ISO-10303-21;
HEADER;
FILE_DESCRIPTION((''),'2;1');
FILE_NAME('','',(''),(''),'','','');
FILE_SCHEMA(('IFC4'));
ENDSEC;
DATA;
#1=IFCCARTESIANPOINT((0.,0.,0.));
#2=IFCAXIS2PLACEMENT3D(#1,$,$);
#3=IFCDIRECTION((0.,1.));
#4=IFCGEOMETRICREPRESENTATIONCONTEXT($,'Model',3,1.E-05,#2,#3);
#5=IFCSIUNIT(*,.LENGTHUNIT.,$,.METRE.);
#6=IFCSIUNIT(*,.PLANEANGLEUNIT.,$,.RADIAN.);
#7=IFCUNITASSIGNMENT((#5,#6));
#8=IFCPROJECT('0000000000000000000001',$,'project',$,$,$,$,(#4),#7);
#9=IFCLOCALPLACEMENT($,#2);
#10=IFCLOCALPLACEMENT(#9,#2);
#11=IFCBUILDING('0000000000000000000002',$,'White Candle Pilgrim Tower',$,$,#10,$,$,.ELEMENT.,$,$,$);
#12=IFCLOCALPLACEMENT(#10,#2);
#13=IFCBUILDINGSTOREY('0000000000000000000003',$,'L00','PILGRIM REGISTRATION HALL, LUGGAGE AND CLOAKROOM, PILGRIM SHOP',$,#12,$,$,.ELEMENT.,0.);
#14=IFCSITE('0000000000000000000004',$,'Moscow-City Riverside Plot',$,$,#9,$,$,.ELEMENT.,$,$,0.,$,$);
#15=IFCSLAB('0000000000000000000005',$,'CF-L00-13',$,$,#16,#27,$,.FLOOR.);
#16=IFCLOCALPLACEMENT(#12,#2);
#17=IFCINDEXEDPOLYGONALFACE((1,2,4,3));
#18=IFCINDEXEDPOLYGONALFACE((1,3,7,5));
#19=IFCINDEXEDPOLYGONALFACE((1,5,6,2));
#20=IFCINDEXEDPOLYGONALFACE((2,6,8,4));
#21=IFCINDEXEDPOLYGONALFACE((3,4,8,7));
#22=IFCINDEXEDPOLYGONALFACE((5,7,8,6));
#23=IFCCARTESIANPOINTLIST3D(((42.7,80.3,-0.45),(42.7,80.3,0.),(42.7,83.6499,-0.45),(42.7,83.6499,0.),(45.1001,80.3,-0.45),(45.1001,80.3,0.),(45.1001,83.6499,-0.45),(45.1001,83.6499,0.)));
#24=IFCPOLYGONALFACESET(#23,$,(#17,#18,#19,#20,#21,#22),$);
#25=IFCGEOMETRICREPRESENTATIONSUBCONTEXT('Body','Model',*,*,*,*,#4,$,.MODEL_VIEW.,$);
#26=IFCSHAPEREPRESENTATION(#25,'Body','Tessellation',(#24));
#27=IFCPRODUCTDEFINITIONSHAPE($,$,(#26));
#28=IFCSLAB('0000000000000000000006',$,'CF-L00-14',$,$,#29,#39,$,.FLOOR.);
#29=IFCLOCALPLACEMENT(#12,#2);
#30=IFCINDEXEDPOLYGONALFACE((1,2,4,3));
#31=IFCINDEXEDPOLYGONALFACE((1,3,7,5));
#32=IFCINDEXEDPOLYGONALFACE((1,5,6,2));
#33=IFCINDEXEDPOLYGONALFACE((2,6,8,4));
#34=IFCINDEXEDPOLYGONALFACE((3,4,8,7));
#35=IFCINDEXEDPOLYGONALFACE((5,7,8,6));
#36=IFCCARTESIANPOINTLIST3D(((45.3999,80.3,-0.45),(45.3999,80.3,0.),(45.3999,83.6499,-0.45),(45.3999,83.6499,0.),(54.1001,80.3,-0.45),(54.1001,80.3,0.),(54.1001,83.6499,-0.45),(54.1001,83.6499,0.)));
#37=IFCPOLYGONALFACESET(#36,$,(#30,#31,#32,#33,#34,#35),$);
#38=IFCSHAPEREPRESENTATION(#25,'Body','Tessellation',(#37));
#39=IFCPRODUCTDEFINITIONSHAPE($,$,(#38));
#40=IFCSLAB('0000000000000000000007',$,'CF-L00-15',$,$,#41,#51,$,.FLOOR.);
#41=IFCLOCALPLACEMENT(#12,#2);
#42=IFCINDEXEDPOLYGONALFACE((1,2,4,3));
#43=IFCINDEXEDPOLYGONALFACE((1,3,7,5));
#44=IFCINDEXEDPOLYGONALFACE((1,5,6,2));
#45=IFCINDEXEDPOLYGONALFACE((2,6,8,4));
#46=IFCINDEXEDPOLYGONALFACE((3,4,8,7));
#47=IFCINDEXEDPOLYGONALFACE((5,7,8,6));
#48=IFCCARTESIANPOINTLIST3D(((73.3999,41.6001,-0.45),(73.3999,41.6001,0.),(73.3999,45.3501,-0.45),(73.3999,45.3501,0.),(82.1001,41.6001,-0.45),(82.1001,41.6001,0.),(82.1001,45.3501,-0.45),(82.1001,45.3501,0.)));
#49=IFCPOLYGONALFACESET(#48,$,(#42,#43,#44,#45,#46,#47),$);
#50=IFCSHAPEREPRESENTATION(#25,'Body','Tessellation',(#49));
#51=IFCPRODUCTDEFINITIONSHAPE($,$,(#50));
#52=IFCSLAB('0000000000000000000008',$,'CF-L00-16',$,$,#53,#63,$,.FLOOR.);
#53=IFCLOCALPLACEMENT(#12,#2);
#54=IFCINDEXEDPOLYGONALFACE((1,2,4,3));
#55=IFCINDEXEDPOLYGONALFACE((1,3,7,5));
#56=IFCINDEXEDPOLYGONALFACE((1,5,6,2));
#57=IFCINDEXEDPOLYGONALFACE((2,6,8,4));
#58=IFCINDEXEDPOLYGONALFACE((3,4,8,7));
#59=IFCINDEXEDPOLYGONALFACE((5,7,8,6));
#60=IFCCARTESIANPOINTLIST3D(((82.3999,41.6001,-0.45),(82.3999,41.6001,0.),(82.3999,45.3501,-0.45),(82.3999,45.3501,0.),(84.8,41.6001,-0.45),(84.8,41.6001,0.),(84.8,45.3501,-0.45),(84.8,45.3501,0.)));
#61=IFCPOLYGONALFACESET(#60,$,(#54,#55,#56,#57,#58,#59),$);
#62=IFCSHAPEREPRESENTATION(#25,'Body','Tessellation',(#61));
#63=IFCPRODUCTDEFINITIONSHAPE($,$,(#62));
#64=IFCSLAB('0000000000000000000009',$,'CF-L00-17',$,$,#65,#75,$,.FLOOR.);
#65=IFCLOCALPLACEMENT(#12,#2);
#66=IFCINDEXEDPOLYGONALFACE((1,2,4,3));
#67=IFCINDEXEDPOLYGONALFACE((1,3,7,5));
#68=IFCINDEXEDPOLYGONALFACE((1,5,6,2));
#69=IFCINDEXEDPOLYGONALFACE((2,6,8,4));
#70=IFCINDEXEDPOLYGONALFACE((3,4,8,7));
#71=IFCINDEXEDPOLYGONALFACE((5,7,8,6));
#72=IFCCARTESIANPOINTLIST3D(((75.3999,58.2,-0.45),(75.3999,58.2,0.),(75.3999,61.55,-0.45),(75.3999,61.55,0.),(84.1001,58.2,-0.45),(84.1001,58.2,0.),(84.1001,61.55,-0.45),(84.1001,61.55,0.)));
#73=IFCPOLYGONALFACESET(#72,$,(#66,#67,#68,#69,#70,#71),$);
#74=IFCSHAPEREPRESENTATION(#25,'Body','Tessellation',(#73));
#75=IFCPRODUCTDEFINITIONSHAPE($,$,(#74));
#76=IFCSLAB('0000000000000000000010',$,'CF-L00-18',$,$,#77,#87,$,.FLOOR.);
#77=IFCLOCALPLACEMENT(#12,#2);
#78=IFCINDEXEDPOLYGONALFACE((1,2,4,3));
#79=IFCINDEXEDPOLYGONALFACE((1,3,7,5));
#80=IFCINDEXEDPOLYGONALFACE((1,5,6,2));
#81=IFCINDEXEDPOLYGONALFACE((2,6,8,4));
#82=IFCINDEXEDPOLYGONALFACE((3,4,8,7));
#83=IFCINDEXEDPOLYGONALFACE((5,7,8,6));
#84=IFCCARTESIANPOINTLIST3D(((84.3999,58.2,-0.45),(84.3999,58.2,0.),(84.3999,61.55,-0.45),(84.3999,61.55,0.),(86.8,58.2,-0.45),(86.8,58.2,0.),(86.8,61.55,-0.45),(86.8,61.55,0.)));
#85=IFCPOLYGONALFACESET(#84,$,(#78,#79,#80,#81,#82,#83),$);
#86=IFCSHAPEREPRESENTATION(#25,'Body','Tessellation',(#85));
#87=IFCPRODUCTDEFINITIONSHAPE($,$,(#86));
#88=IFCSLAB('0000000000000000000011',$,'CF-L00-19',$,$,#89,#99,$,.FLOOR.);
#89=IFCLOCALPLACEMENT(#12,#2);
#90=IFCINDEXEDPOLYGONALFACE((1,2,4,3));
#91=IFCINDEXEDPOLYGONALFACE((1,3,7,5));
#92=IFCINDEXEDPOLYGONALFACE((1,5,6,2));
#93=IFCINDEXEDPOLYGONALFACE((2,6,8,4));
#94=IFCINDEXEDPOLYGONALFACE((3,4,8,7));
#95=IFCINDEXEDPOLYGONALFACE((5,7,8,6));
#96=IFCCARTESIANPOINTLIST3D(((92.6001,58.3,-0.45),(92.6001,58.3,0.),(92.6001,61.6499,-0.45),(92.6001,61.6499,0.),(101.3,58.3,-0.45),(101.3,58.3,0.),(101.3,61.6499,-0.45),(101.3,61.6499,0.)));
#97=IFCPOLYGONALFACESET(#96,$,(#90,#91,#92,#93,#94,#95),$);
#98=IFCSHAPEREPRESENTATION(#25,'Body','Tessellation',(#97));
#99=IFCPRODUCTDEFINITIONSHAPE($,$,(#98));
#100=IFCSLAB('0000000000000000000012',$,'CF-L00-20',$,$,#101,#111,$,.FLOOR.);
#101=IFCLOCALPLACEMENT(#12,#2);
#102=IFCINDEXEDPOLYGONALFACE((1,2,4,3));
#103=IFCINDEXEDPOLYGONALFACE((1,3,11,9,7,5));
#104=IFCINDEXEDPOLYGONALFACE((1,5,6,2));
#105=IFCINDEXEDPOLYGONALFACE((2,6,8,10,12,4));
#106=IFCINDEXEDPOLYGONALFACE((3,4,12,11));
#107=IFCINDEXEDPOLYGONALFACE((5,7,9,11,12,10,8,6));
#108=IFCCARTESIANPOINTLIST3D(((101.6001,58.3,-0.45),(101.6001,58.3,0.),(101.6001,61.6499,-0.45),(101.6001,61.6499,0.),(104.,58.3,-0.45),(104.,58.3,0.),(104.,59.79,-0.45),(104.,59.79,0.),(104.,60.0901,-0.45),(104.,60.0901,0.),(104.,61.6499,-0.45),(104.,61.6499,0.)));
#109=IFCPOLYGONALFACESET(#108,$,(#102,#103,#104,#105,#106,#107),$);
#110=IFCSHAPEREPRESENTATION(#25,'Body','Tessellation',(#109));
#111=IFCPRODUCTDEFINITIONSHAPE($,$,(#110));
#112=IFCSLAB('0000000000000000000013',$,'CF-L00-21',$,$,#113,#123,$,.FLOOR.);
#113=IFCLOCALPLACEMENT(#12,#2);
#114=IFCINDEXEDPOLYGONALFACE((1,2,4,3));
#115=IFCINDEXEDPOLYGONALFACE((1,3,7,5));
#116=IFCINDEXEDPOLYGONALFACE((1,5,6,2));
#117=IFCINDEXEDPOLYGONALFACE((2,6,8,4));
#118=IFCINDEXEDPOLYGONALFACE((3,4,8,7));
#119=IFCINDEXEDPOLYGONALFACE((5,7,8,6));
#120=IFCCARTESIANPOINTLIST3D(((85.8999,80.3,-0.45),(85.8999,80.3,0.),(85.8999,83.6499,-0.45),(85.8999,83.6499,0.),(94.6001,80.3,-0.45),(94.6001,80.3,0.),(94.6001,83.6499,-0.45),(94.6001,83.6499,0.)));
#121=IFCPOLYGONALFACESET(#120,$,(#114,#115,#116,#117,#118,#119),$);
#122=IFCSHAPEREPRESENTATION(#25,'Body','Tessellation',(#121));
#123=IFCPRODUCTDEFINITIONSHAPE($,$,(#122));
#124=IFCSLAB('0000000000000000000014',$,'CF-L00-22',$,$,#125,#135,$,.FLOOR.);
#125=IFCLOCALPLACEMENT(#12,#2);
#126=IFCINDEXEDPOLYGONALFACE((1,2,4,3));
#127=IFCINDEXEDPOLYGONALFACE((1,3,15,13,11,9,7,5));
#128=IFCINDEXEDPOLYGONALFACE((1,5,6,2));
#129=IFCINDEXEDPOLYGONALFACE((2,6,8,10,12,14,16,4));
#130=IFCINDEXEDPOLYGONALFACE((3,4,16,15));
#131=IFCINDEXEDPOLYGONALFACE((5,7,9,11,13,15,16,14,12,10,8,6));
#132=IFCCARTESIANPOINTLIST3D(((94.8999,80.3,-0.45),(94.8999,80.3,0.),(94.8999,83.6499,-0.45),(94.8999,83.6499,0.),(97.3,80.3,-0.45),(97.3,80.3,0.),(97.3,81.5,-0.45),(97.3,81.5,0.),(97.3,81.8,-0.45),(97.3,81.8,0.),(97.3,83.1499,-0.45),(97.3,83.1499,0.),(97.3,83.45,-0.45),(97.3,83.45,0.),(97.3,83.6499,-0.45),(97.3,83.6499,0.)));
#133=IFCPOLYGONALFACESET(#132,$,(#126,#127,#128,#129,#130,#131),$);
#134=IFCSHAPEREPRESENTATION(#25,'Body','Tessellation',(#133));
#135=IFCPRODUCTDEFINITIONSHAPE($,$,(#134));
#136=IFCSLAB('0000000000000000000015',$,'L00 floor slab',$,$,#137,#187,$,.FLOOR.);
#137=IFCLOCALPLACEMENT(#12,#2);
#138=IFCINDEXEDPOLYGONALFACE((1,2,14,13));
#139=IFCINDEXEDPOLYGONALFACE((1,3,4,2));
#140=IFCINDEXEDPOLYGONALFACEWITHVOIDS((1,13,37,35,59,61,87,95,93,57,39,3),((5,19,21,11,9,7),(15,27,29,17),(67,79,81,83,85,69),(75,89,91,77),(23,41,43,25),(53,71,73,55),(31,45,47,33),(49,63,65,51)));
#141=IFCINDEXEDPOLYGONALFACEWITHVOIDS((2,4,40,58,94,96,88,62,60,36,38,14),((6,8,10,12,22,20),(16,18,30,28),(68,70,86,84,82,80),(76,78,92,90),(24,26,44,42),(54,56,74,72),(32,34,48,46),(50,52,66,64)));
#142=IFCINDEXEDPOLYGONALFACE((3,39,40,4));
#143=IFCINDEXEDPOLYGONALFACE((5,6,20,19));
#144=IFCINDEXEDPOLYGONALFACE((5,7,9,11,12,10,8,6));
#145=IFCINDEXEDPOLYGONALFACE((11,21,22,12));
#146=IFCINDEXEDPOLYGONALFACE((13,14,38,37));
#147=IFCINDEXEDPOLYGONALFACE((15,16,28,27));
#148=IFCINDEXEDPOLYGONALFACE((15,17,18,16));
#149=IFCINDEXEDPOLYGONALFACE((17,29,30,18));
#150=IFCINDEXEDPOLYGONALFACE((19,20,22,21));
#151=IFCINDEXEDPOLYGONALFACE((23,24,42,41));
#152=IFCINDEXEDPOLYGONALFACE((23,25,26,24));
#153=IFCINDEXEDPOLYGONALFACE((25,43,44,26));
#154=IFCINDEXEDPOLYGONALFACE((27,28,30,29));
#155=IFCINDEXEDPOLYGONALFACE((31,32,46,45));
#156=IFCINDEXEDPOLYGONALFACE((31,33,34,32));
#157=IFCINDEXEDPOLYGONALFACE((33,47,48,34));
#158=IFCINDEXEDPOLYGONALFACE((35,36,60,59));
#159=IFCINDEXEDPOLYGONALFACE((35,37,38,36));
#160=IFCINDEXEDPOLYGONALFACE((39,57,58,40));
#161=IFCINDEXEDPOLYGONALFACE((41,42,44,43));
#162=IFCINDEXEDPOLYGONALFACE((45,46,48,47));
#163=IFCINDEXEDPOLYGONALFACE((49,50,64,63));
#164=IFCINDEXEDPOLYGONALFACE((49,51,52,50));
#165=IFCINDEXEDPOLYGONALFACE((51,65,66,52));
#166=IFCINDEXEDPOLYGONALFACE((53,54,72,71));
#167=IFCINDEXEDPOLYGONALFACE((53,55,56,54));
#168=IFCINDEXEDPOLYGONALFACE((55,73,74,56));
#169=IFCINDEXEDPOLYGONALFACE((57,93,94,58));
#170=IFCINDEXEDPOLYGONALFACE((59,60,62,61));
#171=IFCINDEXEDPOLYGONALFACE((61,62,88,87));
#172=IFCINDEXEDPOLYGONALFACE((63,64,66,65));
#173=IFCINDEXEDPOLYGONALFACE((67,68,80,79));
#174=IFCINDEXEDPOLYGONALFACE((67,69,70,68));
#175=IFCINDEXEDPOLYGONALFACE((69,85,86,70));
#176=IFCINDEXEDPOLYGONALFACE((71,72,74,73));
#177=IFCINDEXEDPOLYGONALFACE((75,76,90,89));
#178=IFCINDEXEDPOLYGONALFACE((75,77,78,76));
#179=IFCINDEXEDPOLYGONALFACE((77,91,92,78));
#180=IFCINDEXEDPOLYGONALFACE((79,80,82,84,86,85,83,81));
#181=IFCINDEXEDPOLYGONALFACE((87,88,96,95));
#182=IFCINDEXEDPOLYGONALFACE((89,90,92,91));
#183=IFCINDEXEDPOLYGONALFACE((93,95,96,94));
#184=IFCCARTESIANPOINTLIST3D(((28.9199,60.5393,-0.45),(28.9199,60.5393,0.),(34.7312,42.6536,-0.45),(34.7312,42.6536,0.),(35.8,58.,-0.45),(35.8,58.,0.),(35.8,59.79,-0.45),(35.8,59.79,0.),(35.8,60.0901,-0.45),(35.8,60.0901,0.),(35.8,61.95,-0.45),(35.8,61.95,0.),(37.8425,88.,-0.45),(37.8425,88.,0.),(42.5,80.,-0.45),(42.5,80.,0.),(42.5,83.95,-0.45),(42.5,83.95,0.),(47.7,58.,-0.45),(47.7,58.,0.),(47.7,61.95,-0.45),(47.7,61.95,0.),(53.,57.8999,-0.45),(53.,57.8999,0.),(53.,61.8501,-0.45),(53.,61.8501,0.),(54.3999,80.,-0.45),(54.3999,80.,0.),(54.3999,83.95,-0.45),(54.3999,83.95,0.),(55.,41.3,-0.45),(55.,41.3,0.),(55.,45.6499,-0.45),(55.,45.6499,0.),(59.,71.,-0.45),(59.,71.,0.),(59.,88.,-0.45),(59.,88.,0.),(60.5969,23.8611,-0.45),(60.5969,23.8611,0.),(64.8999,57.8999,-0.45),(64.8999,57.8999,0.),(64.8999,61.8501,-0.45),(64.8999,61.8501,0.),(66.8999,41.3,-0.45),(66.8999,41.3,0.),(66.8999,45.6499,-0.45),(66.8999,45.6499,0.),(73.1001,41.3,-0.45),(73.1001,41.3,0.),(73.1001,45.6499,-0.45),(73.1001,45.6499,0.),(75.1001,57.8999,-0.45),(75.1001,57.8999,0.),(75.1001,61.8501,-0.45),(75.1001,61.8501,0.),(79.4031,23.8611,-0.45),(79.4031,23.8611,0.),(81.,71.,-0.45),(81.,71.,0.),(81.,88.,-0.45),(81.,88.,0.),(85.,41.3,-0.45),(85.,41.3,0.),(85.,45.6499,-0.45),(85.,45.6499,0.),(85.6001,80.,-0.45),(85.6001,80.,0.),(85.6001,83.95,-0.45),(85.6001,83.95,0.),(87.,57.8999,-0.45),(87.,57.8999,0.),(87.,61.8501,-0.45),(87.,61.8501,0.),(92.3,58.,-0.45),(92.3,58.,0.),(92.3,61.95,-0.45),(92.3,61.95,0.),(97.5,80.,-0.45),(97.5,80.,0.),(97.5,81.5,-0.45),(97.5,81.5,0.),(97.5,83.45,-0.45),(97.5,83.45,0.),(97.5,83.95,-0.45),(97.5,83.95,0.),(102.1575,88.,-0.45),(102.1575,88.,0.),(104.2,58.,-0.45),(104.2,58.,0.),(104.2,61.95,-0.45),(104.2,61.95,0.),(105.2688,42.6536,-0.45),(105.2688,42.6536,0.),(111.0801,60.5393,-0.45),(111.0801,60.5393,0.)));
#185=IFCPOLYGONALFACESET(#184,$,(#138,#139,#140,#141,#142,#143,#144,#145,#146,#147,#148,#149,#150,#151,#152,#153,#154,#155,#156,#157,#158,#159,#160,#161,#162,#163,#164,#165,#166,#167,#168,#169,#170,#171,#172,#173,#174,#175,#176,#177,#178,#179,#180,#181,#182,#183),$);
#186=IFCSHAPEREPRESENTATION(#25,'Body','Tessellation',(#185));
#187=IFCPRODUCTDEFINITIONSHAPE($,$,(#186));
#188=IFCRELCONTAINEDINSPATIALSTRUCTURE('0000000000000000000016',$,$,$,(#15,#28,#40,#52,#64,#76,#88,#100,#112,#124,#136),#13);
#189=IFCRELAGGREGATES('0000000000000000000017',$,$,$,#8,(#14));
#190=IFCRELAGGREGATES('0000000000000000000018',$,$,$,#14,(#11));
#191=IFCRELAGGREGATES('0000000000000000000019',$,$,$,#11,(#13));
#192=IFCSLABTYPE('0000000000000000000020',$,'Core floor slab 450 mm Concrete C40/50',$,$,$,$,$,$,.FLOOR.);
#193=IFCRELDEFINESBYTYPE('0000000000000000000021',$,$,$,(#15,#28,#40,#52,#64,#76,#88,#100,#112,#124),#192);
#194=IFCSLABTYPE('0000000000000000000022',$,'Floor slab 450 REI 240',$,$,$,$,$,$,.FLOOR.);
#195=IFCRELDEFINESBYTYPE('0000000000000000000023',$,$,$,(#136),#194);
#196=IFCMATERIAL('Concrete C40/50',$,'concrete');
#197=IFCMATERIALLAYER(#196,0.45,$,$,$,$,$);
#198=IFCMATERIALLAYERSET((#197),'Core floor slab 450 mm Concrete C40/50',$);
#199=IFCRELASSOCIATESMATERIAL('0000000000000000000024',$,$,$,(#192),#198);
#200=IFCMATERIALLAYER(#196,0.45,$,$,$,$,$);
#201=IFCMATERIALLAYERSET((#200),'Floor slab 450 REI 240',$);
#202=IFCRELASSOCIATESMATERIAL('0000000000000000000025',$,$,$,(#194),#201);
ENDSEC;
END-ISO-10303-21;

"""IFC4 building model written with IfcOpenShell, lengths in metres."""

from ifc_helpers import new_model, si_unit, direction, frame, origin, place, context, subcontext, project, spatial, polyline, outline, extrude, material, layer, layer_set, type_object, element, save


model = new_model("IFC4")

# Units and contexts
model_context = context("Model", 3, precision=1e-05, world=origin(), true_north=direction((0.0, 1.0)))
body_context = subcontext(model_context, "Body", "Model", "MODEL_VIEW")
ifc_project = project(units=[si_unit("LENGTHUNIT", "METRE"), si_unit("PLANEANGLEUNIT", "RADIAN")], contexts=[model_context])

# Site, building, storey
site_placement = place(None, origin())
site = spatial("IfcSite", under=ifc_project, at=site_placement, Name="Moscow-City Riverside Plot", CompositionType="ELEMENT", RefElevation=0.0)
building_placement = place(site_placement, origin())
building = spatial("IfcBuilding", under=site, at=building_placement, Name="White Candle Pilgrim Tower", CompositionType="ELEMENT")
storey_placement = place(building_placement, origin())
storey = spatial("IfcBuildingStorey", under=building, at=storey_placement, Name="L00", Description="PILGRIM REGISTRATION HALL, LUGGAGE AND CLOAKROOM, PILGRIM SHOP", CompositionType="ELEMENT", Elevation=0.0)

# Slabs
ifc_material_1 = material(Name="Concrete C40/50", Category="concrete")
ifc_layer_1 = layer(ifc_material_1, 0.45)
ifc_layer_set_1 = layer_set([ifc_layer_1], Name="Core floor slab 450 mm Concrete C40/50")
slab_type_1 = type_object("IfcSlabType", Name="Core floor slab 450 mm Concrete C40/50", PredefinedType="FLOOR", material=ifc_layer_set_1)
slab_1_placement = place(storey_placement, frame((0.0, 0.0, -0.45)))
element("IfcSlab", 1, at=slab_1_placement, inside=storey, type_object=slab_type_1, Name="CF-L00-13", PredefinedType="FLOOR", context=body_context, shape_type="SweptSolid", body=[
    extrude(outline(polyline([(45.1001, 83.6499), (45.1001, 80.3), (42.7, 80.3), (42.7, 83.6499), (45.1001, 83.6499)])), origin(), (0.0, 0.0, 1.0), 0.45),
])
slab_2_placement = place(storey_placement, frame((0.0, 0.0, -0.45)))
element("IfcSlab", 2, at=slab_2_placement, inside=storey, type_object=slab_type_1, Name="CF-L00-14", PredefinedType="FLOOR", context=body_context, shape_type="SweptSolid", body=[
    extrude(outline(polyline([(54.1001, 83.6499), (54.1001, 80.3), (45.3999, 80.3), (45.3999, 83.6499), (54.1001, 83.6499)])), origin(), (0.0, 0.0, 1.0), 0.45),
])
slab_3_placement = place(storey_placement, frame((0.0, 0.0, -0.45)))
element("IfcSlab", 3, at=slab_3_placement, inside=storey, type_object=slab_type_1, Name="CF-L00-15", PredefinedType="FLOOR", context=body_context, shape_type="SweptSolid", body=[
    extrude(outline(polyline([(82.1001, 41.6001), (73.3999, 41.6001), (73.3999, 45.3501), (82.1001, 45.3501), (82.1001, 41.6001)])), origin(), (0.0, 0.0, 1.0), 0.45),
])
slab_4_placement = place(storey_placement, frame((0.0, 0.0, -0.45)))
element("IfcSlab", 4, at=slab_4_placement, inside=storey, type_object=slab_type_1, Name="CF-L00-16", PredefinedType="FLOOR", context=body_context, shape_type="SweptSolid", body=[
    extrude(outline(polyline([(84.8, 41.6001), (82.3999, 41.6001), (82.3999, 45.3501), (84.8, 45.3501), (84.8, 41.6001)])), origin(), (0.0, 0.0, 1.0), 0.45),
])
slab_5_placement = place(storey_placement, frame((0.0, 0.0, -0.45)))
element("IfcSlab", 5, at=slab_5_placement, inside=storey, type_object=slab_type_1, Name="CF-L00-17", PredefinedType="FLOOR", context=body_context, shape_type="SweptSolid", body=[
    extrude(outline(polyline([(75.3999, 61.55), (84.1001, 61.55), (84.1001, 58.2), (75.3999, 58.2), (75.3999, 61.55)])), origin(), (0.0, 0.0, 1.0), 0.45),
])
slab_6_placement = place(storey_placement, frame((0.0, 0.0, -0.45)))
element("IfcSlab", 6, at=slab_6_placement, inside=storey, type_object=slab_type_1, Name="CF-L00-18", PredefinedType="FLOOR", context=body_context, shape_type="SweptSolid", body=[
    extrude(outline(polyline([(84.3999, 61.55), (86.8, 61.55), (86.8, 58.2), (84.3999, 58.2), (84.3999, 61.55)])), origin(), (0.0, 0.0, 1.0), 0.45),
])
slab_7_placement = place(storey_placement, frame((0.0, 0.0, -0.45)))
element("IfcSlab", 7, at=slab_7_placement, inside=storey, type_object=slab_type_1, Name="CF-L00-19", PredefinedType="FLOOR", context=body_context, shape_type="SweptSolid", body=[
    extrude(outline(polyline([(92.6001, 61.6499), (101.3, 61.6499), (101.3, 58.3), (92.6001, 58.3), (92.6001, 61.6499)])), origin(), (0.0, 0.0, 1.0), 0.45),
])
slab_8_placement = place(storey_placement, frame((0.0, 0.0, -0.45)))
element("IfcSlab", 8, at=slab_8_placement, inside=storey, type_object=slab_type_1, Name="CF-L00-20", PredefinedType="FLOOR", context=body_context, shape_type="SweptSolid", body=[
    extrude(outline(polyline([(101.6001, 61.6499), (104.0, 61.6499), (104.0, 60.0901), (104.0, 59.79), (104.0, 58.3), (101.6001, 58.3), (101.6001, 61.6499)])), origin(), (0.0, 0.0, 1.0), 0.45),
])
slab_9_placement = place(storey_placement, frame((0.0, 0.0, -0.45)))
element("IfcSlab", 9, at=slab_9_placement, inside=storey, type_object=slab_type_1, Name="CF-L00-21", PredefinedType="FLOOR", context=body_context, shape_type="SweptSolid", body=[
    extrude(outline(polyline([(94.6001, 83.6499), (94.6001, 80.3), (85.8999, 80.3), (85.8999, 83.6499), (94.6001, 83.6499)])), origin(), (0.0, 0.0, 1.0), 0.45),
])
slab_10_placement = place(storey_placement, frame((0.0, 0.0, -0.45)))
element("IfcSlab", 10, at=slab_10_placement, inside=storey, type_object=slab_type_1, Name="CF-L00-22", PredefinedType="FLOOR", context=body_context, shape_type="SweptSolid", body=[
    extrude(outline(polyline([(97.3, 83.6499), (97.3, 83.45), (97.3, 83.1499), (97.3, 81.8), (97.3, 81.5), (97.3, 80.3), (94.8999, 80.3), (94.8999, 83.6499), (97.3, 83.6499)])), origin(), (0.0, 0.0, 1.0), 0.45),
])
ifc_layer_2 = layer(ifc_material_1, 0.45)
ifc_layer_set_2 = layer_set([ifc_layer_2], Name="Floor slab 450 REI 240")
slab_type_2 = type_object("IfcSlabType", Name="Floor slab 450 REI 240", PredefinedType="FLOOR", material=ifc_layer_set_2)
slab_11_placement = place(storey_placement, frame((0.0, 0.0, -0.45)))
element("IfcSlab", 11, at=slab_11_placement, inside=storey, type_object=slab_type_2, Name="L00 floor slab", PredefinedType="FLOOR", context=body_context, shape_type="SweptSolid", body=[
    extrude(outline(polyline([(60.5969, 23.8611), (79.4031, 23.8611), (105.2688, 42.6536), (111.0801, 60.5393), (102.1575, 88.0), (81.0, 88.0), (81.0, 71.0), (59.0, 71.0), (59.0, 88.0), (37.8425, 88.0), (28.9199, 60.5393), (34.7312, 42.6536), (60.5969, 23.8611)]), holes=[polyline([(55.0, 41.3), (55.0, 45.6499), (66.8999, 45.6499), (66.8999, 41.3), (55.0, 41.3)]), polyline([(35.8, 58.0), (35.8, 59.79), (35.8, 60.0901), (35.8, 61.95), (47.7, 61.95), (47.7, 58.0), (35.8, 58.0)]), polyline([(53.0, 57.8999), (53.0, 61.8501), (64.8999, 61.8501), (64.8999, 57.8999), (53.0, 57.8999)]), polyline([(42.5, 80.0), (42.5, 83.95), (54.3999, 83.95), (54.3999, 80.0), (42.5, 80.0)]), polyline([(73.1001, 41.3), (73.1001, 45.6499), (85.0, 45.6499), (85.0, 41.3), (73.1001, 41.3)]), polyline([(75.1001, 57.8999), (75.1001, 61.8501), (87.0, 61.8501), (87.0, 57.8999), (75.1001, 57.8999)]), polyline([(92.3, 58.0), (92.3, 61.95), (104.2, 61.95), (104.2, 58.0), (92.3, 58.0)]), polyline([(85.6001, 80.0), (85.6001, 83.95), (97.5, 83.95), (97.5, 83.45), (97.5, 81.5), (97.5, 80.0), (85.6001, 80.0)])]), origin(), (0.0, 0.0, 1.0), 0.45),
])

save(model, "model.ifc")
